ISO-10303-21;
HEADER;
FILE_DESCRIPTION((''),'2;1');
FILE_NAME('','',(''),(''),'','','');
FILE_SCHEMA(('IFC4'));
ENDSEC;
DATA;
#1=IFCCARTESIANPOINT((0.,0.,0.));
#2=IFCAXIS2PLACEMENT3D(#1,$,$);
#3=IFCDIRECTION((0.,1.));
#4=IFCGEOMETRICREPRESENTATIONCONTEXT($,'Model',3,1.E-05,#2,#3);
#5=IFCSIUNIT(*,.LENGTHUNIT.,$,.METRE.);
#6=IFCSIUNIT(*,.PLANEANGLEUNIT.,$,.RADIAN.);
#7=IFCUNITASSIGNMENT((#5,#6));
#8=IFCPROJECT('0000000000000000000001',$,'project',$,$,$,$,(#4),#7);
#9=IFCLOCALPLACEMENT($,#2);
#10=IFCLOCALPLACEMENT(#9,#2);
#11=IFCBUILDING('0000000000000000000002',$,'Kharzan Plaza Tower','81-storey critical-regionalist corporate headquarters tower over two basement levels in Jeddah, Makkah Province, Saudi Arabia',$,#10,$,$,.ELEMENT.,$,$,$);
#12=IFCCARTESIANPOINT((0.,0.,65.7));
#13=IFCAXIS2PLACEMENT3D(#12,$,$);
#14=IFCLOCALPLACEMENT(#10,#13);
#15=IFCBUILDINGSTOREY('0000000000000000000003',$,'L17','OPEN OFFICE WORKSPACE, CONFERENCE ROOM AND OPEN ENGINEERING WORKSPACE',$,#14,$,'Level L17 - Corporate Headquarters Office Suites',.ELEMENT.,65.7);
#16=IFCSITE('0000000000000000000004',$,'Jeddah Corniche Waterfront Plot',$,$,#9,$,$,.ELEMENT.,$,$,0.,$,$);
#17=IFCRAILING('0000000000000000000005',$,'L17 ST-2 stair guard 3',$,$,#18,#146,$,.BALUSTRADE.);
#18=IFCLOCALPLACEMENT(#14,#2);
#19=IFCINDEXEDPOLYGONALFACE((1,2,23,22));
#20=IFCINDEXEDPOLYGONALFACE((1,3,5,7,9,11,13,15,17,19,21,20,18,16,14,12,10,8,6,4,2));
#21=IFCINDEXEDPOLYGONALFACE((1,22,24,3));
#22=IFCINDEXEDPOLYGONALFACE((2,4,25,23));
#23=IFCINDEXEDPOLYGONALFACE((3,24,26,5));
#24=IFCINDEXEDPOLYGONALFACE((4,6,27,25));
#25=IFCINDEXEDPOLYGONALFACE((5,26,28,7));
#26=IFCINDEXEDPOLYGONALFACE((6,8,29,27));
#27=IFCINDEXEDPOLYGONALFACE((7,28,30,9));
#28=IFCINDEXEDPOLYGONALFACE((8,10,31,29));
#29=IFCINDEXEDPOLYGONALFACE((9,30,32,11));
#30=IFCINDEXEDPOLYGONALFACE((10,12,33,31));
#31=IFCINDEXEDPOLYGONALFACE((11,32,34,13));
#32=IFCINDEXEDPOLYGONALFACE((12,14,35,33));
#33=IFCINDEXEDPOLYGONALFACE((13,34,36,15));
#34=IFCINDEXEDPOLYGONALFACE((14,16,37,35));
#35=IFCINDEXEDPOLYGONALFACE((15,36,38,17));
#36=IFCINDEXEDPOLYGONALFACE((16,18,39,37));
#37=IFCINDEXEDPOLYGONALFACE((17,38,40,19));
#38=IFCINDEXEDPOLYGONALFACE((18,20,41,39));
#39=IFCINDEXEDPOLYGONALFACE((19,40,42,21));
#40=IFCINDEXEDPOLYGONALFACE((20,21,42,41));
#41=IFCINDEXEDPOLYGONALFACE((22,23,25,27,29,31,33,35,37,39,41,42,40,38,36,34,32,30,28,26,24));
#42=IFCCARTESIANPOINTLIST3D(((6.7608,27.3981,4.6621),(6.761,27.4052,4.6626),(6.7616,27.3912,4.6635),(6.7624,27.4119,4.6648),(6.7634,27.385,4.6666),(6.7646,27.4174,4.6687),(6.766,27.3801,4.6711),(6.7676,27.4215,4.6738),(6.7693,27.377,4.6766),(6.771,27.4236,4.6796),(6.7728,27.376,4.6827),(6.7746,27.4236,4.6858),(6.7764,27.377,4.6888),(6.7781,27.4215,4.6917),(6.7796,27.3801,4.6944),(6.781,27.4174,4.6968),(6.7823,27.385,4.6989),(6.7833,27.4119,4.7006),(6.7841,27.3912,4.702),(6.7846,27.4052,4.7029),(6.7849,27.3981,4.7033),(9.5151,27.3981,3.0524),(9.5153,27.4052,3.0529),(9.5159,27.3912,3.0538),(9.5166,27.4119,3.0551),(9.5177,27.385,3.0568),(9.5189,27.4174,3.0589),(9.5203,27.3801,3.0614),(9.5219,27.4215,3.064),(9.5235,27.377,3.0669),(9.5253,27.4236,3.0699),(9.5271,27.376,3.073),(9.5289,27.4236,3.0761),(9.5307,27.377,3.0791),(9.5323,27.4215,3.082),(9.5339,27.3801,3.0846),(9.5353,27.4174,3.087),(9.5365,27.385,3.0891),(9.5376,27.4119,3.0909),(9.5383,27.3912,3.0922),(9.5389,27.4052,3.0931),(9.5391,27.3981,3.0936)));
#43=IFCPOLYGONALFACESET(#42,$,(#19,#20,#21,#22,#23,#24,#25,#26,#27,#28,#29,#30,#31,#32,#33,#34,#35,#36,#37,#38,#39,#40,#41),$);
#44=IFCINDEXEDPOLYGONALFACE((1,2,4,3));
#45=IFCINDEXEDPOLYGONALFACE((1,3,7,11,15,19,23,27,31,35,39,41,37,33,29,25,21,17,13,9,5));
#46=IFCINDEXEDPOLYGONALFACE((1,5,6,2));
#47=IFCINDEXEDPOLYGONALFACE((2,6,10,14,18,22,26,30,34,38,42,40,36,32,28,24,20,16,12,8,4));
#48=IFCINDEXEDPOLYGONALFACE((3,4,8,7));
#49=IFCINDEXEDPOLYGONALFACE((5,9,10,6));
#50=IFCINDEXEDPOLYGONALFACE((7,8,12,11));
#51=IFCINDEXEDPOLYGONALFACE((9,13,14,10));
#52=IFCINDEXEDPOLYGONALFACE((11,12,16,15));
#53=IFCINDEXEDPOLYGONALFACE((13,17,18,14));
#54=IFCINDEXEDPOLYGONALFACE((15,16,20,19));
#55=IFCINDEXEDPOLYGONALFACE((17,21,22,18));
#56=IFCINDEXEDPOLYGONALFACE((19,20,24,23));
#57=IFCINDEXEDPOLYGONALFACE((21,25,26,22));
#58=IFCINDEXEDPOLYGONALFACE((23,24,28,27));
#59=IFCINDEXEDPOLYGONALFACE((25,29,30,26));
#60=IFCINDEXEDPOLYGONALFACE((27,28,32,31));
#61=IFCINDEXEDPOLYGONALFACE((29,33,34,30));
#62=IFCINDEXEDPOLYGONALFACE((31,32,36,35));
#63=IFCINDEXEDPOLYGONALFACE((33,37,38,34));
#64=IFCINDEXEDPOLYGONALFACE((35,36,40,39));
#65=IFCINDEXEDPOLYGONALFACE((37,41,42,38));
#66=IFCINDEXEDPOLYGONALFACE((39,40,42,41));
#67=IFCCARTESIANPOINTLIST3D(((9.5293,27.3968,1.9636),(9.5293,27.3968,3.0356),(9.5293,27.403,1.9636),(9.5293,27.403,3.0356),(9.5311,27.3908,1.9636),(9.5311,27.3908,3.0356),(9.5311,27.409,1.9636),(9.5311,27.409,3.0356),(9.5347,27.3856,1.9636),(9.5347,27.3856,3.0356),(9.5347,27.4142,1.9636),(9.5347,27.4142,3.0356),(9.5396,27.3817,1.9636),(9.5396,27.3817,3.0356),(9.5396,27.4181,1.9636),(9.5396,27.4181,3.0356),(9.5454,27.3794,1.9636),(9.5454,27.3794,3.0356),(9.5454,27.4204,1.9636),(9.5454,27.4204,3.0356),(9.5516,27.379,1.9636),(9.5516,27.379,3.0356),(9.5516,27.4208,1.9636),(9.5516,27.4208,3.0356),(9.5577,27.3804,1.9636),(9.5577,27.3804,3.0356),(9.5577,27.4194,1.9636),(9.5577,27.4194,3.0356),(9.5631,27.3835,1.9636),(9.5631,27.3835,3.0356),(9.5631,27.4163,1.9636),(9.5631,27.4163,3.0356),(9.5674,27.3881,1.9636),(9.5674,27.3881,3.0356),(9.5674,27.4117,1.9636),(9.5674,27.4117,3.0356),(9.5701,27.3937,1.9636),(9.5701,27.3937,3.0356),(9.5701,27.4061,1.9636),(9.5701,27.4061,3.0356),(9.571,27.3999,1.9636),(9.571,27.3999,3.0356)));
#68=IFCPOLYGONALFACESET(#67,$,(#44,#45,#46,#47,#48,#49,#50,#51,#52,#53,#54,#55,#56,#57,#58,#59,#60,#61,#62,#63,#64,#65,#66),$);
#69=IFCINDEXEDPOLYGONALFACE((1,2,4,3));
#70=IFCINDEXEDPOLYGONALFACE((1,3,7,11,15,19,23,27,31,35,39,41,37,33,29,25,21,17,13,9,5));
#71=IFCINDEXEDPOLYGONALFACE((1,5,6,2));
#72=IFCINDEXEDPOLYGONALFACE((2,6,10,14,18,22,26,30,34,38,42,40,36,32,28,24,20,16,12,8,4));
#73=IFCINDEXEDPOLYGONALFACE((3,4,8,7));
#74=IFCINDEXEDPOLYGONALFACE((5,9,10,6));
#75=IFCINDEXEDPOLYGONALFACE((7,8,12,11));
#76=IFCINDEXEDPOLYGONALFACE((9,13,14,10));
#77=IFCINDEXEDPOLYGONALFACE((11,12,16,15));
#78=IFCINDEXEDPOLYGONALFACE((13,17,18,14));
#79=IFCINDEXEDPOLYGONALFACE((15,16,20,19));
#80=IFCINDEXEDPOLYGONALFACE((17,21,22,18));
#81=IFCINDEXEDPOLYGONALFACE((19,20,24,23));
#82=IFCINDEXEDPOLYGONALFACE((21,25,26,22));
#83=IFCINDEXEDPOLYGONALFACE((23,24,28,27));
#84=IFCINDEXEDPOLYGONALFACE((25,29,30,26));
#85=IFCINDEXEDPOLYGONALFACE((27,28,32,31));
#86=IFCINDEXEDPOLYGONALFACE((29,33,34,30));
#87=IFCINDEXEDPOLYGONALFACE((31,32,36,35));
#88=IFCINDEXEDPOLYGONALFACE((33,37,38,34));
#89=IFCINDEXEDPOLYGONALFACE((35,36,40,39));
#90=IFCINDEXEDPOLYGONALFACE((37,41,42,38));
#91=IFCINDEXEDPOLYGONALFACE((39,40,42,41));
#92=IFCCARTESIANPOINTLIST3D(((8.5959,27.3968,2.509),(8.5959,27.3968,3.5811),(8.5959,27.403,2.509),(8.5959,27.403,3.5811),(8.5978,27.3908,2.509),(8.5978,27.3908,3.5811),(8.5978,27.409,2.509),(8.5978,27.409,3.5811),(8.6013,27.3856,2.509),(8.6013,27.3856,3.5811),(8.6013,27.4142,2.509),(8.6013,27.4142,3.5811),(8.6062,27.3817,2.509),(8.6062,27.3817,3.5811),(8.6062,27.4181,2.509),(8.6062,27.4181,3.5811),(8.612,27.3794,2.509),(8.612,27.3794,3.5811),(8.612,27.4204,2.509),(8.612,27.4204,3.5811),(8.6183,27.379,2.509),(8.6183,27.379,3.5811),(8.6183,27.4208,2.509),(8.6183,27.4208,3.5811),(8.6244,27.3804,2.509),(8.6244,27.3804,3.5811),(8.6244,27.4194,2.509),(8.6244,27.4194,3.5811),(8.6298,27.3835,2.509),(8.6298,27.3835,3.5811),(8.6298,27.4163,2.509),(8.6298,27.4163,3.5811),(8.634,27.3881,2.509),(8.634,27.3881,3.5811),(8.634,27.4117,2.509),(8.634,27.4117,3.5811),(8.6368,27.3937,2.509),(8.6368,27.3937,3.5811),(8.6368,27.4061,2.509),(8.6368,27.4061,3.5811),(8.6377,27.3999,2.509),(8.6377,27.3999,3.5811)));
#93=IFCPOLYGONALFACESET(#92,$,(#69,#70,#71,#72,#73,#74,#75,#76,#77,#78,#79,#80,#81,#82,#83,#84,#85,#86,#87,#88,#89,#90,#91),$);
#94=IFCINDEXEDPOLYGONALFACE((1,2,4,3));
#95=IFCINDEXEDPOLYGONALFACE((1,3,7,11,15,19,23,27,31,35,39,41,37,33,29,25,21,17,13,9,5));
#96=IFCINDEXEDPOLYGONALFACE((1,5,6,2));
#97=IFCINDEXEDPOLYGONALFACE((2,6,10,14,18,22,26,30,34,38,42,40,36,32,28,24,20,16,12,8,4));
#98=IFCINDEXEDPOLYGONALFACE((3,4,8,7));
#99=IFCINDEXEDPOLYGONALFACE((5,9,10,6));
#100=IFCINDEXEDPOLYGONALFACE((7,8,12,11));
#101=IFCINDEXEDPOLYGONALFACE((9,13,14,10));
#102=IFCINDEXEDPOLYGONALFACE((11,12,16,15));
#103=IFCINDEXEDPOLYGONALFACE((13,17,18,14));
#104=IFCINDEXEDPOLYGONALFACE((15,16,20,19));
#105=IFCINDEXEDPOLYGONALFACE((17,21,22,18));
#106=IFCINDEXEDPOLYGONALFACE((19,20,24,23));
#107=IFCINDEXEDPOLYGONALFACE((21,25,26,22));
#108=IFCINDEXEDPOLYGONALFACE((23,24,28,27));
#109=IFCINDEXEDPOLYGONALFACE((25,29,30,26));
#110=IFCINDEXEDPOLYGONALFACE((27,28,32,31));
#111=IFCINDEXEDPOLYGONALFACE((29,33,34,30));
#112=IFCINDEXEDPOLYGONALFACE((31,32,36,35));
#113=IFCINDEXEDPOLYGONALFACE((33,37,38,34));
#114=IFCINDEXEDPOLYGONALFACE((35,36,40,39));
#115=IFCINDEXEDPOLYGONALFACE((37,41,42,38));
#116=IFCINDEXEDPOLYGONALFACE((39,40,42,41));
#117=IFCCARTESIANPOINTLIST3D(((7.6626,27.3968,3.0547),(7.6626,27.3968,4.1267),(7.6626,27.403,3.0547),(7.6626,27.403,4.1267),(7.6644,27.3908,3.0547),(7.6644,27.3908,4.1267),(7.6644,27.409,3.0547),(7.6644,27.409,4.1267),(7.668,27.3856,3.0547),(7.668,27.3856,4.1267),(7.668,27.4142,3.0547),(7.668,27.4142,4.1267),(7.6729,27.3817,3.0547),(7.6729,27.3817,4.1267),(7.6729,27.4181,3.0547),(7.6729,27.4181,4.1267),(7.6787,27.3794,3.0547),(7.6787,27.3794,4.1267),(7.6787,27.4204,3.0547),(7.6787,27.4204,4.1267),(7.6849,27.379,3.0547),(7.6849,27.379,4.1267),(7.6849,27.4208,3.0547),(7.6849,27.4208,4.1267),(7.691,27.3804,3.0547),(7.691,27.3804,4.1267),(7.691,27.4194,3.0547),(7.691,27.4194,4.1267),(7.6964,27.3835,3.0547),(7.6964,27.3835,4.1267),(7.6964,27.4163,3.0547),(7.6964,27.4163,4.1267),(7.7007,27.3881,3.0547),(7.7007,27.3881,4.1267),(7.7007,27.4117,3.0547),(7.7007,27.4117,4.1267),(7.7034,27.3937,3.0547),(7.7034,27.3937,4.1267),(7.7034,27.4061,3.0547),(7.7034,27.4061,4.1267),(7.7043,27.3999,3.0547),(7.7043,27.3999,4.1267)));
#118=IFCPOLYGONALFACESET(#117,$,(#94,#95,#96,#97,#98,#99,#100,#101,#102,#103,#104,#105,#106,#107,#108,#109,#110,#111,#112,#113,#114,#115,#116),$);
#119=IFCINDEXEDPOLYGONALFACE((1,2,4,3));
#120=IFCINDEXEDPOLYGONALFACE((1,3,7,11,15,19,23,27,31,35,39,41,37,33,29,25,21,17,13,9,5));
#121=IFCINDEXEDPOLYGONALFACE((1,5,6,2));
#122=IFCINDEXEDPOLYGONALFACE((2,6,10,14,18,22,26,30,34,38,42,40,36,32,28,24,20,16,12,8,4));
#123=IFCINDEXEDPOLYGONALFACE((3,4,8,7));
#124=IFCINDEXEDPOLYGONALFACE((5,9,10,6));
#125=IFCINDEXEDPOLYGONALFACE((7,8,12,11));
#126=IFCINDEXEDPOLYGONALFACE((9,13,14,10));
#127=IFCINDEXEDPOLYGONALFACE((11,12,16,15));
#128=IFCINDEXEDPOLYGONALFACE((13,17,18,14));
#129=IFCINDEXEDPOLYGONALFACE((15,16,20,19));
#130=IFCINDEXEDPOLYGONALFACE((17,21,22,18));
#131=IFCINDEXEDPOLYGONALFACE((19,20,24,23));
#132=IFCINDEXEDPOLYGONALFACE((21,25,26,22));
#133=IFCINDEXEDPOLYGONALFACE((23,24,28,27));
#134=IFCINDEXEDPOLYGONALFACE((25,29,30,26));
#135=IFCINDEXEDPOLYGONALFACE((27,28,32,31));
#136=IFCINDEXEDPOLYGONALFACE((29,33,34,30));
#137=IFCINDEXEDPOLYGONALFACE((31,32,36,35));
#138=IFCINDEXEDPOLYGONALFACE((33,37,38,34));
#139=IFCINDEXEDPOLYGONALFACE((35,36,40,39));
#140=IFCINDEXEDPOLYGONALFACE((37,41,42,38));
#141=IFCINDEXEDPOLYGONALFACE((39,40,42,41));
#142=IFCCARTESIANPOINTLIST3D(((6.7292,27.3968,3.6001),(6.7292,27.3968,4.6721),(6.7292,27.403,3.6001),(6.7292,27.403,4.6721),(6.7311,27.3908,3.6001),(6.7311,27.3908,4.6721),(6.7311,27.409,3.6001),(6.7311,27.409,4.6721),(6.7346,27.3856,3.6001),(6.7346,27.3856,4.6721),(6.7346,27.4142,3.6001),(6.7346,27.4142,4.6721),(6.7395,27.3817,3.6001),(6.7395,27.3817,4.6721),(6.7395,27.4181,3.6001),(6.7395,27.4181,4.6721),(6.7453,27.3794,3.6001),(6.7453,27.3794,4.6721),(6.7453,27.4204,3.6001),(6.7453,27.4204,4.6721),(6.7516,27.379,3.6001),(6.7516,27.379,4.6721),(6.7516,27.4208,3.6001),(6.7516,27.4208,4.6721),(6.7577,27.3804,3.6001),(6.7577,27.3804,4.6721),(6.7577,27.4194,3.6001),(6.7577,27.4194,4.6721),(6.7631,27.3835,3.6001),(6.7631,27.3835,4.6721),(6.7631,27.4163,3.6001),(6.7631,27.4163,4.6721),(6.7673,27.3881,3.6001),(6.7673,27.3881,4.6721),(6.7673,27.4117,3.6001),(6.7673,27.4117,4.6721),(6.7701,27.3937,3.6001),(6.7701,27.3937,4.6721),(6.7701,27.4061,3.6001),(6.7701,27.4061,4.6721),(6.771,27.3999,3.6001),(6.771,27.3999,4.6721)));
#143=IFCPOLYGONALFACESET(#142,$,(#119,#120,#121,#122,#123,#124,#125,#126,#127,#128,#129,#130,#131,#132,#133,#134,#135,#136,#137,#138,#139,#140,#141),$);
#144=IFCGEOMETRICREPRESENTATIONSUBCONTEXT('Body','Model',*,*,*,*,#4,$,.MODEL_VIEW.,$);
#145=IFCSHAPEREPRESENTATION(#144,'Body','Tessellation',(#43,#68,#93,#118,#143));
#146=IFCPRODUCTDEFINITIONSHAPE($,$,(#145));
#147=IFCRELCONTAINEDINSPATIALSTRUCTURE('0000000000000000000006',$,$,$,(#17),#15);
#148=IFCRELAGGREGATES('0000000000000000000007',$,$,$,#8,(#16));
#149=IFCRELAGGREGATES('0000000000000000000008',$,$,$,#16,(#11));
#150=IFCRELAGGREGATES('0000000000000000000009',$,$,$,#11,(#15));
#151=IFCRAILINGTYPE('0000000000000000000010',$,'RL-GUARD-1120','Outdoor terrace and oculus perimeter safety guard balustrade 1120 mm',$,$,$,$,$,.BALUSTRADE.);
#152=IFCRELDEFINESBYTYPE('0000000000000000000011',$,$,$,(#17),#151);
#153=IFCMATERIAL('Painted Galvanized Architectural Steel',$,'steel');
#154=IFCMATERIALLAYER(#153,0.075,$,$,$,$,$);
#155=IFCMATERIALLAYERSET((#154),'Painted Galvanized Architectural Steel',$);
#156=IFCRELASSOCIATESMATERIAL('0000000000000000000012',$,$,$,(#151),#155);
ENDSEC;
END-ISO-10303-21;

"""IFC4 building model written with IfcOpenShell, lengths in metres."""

from ifc_helpers import new_model, si_unit, direction, frame, origin, origin_2d, place, context, subcontext, project, spatial, circle, extrude, source, transform, mapped, material, layer, layer_set, type_object, element, save


model = new_model("IFC4")

# Units and contexts
model_context = context("Model", 3, precision=1e-05, world=origin(), true_north=direction((0.0, 1.0)))
body_context = subcontext(model_context, "Body", "Model", "MODEL_VIEW")
ifc_project = project(units=[si_unit("LENGTHUNIT", "METRE"), si_unit("PLANEANGLEUNIT", "RADIAN")], contexts=[model_context])

# Site, building, storey
site_placement = place(None, origin())
site = spatial("IfcSite", under=ifc_project, at=site_placement, Name="Jeddah Corniche Waterfront Plot", CompositionType="ELEMENT", RefElevation=0.0)
building_placement = place(site_placement, origin())
building = spatial("IfcBuilding", under=site, at=building_placement, Name="Kharzan Plaza Tower", Description="81-storey critical-regionalist corporate headquarters tower over two basement levels in Jeddah, Makkah Province, Saudi Arabia", CompositionType="ELEMENT")
storey_placement = place(building_placement, frame((0.0, 0.0, 65.7)))
storey = spatial("IfcBuildingStorey", under=building, at=storey_placement, Name="L17", Description="OPEN OFFICE WORKSPACE, CONFERENCE ROOM AND OPEN ENGINEERING WORKSPACE", LongName="Level L17 - Corporate Headquarters Office Suites", CompositionType="ELEMENT", Elevation=65.7)

# Railing
ifc_material_1 = material(Name="Painted Galvanized Architectural Steel", Category="steel")
ifc_layer_1 = layer(ifc_material_1, 0.075)
ifc_layer_set_1 = layer_set([ifc_layer_1], Name="Painted Galvanized Architectural Steel")
railing_type_1 = type_object("IfcRailingType", Name="RL-GUARD-1120", Description="Outdoor terrace and oculus perimeter safety guard balustrade 1120 mm", PredefinedType="BALUSTRADE", material=ifc_layer_set_1)
shared_shape_1 = source(origin(), body_context, "Body", "SweptSolid", [
    extrude(circle(Radius=0.0239, at=origin_2d()), frame((-0.0229, 0.0, 1.1094), z_axis=(-0.863361, 0.0, 0.504587), x_axis=(0.0, -1.0, 0.0)), (0.0, 0.0, 1.0), 3.1902),
    extrude(circle(Radius=0.021, at=origin_2d()), origin(), (0.0, 0.0, 1.0), 1.072),
    extrude(circle(Radius=0.021, at=origin_2d()), frame((-0.9333, 0.0, 0.5454)), (0.0, 0.0, 1.0), 1.072),
    extrude(circle(Radius=0.021, at=origin_2d()), frame((-1.8667, 0.0, 1.0911)), (0.0, 0.0, 1.0), 1.072),
    extrude(circle(Radius=0.021, at=origin_2d()), frame((-2.8, 0.0, 1.6365)), (0.0, 0.0, 1.0), 1.072),
])
railing_1_placement = place(storey_placement, frame((9.55, 27.3999, 1.9636)))
element("IfcRailing", 1, at=railing_1_placement, inside=storey, type_object=railing_type_1, Name="L17 ST-2 stair guard 3", PredefinedType="BALUSTRADE", context=body_context, shape_type="MappedRepresentation", body=[
    mapped(shared_shape_1, transform((0.0, 0.0, 0.0), x_axis=(1.0, 0.0, 0.0), y_axis=(0.0, 1.0, 0.0), z_axis=(0.0, 0.0, 1.0))),
])

save(model, "model.ifc")
